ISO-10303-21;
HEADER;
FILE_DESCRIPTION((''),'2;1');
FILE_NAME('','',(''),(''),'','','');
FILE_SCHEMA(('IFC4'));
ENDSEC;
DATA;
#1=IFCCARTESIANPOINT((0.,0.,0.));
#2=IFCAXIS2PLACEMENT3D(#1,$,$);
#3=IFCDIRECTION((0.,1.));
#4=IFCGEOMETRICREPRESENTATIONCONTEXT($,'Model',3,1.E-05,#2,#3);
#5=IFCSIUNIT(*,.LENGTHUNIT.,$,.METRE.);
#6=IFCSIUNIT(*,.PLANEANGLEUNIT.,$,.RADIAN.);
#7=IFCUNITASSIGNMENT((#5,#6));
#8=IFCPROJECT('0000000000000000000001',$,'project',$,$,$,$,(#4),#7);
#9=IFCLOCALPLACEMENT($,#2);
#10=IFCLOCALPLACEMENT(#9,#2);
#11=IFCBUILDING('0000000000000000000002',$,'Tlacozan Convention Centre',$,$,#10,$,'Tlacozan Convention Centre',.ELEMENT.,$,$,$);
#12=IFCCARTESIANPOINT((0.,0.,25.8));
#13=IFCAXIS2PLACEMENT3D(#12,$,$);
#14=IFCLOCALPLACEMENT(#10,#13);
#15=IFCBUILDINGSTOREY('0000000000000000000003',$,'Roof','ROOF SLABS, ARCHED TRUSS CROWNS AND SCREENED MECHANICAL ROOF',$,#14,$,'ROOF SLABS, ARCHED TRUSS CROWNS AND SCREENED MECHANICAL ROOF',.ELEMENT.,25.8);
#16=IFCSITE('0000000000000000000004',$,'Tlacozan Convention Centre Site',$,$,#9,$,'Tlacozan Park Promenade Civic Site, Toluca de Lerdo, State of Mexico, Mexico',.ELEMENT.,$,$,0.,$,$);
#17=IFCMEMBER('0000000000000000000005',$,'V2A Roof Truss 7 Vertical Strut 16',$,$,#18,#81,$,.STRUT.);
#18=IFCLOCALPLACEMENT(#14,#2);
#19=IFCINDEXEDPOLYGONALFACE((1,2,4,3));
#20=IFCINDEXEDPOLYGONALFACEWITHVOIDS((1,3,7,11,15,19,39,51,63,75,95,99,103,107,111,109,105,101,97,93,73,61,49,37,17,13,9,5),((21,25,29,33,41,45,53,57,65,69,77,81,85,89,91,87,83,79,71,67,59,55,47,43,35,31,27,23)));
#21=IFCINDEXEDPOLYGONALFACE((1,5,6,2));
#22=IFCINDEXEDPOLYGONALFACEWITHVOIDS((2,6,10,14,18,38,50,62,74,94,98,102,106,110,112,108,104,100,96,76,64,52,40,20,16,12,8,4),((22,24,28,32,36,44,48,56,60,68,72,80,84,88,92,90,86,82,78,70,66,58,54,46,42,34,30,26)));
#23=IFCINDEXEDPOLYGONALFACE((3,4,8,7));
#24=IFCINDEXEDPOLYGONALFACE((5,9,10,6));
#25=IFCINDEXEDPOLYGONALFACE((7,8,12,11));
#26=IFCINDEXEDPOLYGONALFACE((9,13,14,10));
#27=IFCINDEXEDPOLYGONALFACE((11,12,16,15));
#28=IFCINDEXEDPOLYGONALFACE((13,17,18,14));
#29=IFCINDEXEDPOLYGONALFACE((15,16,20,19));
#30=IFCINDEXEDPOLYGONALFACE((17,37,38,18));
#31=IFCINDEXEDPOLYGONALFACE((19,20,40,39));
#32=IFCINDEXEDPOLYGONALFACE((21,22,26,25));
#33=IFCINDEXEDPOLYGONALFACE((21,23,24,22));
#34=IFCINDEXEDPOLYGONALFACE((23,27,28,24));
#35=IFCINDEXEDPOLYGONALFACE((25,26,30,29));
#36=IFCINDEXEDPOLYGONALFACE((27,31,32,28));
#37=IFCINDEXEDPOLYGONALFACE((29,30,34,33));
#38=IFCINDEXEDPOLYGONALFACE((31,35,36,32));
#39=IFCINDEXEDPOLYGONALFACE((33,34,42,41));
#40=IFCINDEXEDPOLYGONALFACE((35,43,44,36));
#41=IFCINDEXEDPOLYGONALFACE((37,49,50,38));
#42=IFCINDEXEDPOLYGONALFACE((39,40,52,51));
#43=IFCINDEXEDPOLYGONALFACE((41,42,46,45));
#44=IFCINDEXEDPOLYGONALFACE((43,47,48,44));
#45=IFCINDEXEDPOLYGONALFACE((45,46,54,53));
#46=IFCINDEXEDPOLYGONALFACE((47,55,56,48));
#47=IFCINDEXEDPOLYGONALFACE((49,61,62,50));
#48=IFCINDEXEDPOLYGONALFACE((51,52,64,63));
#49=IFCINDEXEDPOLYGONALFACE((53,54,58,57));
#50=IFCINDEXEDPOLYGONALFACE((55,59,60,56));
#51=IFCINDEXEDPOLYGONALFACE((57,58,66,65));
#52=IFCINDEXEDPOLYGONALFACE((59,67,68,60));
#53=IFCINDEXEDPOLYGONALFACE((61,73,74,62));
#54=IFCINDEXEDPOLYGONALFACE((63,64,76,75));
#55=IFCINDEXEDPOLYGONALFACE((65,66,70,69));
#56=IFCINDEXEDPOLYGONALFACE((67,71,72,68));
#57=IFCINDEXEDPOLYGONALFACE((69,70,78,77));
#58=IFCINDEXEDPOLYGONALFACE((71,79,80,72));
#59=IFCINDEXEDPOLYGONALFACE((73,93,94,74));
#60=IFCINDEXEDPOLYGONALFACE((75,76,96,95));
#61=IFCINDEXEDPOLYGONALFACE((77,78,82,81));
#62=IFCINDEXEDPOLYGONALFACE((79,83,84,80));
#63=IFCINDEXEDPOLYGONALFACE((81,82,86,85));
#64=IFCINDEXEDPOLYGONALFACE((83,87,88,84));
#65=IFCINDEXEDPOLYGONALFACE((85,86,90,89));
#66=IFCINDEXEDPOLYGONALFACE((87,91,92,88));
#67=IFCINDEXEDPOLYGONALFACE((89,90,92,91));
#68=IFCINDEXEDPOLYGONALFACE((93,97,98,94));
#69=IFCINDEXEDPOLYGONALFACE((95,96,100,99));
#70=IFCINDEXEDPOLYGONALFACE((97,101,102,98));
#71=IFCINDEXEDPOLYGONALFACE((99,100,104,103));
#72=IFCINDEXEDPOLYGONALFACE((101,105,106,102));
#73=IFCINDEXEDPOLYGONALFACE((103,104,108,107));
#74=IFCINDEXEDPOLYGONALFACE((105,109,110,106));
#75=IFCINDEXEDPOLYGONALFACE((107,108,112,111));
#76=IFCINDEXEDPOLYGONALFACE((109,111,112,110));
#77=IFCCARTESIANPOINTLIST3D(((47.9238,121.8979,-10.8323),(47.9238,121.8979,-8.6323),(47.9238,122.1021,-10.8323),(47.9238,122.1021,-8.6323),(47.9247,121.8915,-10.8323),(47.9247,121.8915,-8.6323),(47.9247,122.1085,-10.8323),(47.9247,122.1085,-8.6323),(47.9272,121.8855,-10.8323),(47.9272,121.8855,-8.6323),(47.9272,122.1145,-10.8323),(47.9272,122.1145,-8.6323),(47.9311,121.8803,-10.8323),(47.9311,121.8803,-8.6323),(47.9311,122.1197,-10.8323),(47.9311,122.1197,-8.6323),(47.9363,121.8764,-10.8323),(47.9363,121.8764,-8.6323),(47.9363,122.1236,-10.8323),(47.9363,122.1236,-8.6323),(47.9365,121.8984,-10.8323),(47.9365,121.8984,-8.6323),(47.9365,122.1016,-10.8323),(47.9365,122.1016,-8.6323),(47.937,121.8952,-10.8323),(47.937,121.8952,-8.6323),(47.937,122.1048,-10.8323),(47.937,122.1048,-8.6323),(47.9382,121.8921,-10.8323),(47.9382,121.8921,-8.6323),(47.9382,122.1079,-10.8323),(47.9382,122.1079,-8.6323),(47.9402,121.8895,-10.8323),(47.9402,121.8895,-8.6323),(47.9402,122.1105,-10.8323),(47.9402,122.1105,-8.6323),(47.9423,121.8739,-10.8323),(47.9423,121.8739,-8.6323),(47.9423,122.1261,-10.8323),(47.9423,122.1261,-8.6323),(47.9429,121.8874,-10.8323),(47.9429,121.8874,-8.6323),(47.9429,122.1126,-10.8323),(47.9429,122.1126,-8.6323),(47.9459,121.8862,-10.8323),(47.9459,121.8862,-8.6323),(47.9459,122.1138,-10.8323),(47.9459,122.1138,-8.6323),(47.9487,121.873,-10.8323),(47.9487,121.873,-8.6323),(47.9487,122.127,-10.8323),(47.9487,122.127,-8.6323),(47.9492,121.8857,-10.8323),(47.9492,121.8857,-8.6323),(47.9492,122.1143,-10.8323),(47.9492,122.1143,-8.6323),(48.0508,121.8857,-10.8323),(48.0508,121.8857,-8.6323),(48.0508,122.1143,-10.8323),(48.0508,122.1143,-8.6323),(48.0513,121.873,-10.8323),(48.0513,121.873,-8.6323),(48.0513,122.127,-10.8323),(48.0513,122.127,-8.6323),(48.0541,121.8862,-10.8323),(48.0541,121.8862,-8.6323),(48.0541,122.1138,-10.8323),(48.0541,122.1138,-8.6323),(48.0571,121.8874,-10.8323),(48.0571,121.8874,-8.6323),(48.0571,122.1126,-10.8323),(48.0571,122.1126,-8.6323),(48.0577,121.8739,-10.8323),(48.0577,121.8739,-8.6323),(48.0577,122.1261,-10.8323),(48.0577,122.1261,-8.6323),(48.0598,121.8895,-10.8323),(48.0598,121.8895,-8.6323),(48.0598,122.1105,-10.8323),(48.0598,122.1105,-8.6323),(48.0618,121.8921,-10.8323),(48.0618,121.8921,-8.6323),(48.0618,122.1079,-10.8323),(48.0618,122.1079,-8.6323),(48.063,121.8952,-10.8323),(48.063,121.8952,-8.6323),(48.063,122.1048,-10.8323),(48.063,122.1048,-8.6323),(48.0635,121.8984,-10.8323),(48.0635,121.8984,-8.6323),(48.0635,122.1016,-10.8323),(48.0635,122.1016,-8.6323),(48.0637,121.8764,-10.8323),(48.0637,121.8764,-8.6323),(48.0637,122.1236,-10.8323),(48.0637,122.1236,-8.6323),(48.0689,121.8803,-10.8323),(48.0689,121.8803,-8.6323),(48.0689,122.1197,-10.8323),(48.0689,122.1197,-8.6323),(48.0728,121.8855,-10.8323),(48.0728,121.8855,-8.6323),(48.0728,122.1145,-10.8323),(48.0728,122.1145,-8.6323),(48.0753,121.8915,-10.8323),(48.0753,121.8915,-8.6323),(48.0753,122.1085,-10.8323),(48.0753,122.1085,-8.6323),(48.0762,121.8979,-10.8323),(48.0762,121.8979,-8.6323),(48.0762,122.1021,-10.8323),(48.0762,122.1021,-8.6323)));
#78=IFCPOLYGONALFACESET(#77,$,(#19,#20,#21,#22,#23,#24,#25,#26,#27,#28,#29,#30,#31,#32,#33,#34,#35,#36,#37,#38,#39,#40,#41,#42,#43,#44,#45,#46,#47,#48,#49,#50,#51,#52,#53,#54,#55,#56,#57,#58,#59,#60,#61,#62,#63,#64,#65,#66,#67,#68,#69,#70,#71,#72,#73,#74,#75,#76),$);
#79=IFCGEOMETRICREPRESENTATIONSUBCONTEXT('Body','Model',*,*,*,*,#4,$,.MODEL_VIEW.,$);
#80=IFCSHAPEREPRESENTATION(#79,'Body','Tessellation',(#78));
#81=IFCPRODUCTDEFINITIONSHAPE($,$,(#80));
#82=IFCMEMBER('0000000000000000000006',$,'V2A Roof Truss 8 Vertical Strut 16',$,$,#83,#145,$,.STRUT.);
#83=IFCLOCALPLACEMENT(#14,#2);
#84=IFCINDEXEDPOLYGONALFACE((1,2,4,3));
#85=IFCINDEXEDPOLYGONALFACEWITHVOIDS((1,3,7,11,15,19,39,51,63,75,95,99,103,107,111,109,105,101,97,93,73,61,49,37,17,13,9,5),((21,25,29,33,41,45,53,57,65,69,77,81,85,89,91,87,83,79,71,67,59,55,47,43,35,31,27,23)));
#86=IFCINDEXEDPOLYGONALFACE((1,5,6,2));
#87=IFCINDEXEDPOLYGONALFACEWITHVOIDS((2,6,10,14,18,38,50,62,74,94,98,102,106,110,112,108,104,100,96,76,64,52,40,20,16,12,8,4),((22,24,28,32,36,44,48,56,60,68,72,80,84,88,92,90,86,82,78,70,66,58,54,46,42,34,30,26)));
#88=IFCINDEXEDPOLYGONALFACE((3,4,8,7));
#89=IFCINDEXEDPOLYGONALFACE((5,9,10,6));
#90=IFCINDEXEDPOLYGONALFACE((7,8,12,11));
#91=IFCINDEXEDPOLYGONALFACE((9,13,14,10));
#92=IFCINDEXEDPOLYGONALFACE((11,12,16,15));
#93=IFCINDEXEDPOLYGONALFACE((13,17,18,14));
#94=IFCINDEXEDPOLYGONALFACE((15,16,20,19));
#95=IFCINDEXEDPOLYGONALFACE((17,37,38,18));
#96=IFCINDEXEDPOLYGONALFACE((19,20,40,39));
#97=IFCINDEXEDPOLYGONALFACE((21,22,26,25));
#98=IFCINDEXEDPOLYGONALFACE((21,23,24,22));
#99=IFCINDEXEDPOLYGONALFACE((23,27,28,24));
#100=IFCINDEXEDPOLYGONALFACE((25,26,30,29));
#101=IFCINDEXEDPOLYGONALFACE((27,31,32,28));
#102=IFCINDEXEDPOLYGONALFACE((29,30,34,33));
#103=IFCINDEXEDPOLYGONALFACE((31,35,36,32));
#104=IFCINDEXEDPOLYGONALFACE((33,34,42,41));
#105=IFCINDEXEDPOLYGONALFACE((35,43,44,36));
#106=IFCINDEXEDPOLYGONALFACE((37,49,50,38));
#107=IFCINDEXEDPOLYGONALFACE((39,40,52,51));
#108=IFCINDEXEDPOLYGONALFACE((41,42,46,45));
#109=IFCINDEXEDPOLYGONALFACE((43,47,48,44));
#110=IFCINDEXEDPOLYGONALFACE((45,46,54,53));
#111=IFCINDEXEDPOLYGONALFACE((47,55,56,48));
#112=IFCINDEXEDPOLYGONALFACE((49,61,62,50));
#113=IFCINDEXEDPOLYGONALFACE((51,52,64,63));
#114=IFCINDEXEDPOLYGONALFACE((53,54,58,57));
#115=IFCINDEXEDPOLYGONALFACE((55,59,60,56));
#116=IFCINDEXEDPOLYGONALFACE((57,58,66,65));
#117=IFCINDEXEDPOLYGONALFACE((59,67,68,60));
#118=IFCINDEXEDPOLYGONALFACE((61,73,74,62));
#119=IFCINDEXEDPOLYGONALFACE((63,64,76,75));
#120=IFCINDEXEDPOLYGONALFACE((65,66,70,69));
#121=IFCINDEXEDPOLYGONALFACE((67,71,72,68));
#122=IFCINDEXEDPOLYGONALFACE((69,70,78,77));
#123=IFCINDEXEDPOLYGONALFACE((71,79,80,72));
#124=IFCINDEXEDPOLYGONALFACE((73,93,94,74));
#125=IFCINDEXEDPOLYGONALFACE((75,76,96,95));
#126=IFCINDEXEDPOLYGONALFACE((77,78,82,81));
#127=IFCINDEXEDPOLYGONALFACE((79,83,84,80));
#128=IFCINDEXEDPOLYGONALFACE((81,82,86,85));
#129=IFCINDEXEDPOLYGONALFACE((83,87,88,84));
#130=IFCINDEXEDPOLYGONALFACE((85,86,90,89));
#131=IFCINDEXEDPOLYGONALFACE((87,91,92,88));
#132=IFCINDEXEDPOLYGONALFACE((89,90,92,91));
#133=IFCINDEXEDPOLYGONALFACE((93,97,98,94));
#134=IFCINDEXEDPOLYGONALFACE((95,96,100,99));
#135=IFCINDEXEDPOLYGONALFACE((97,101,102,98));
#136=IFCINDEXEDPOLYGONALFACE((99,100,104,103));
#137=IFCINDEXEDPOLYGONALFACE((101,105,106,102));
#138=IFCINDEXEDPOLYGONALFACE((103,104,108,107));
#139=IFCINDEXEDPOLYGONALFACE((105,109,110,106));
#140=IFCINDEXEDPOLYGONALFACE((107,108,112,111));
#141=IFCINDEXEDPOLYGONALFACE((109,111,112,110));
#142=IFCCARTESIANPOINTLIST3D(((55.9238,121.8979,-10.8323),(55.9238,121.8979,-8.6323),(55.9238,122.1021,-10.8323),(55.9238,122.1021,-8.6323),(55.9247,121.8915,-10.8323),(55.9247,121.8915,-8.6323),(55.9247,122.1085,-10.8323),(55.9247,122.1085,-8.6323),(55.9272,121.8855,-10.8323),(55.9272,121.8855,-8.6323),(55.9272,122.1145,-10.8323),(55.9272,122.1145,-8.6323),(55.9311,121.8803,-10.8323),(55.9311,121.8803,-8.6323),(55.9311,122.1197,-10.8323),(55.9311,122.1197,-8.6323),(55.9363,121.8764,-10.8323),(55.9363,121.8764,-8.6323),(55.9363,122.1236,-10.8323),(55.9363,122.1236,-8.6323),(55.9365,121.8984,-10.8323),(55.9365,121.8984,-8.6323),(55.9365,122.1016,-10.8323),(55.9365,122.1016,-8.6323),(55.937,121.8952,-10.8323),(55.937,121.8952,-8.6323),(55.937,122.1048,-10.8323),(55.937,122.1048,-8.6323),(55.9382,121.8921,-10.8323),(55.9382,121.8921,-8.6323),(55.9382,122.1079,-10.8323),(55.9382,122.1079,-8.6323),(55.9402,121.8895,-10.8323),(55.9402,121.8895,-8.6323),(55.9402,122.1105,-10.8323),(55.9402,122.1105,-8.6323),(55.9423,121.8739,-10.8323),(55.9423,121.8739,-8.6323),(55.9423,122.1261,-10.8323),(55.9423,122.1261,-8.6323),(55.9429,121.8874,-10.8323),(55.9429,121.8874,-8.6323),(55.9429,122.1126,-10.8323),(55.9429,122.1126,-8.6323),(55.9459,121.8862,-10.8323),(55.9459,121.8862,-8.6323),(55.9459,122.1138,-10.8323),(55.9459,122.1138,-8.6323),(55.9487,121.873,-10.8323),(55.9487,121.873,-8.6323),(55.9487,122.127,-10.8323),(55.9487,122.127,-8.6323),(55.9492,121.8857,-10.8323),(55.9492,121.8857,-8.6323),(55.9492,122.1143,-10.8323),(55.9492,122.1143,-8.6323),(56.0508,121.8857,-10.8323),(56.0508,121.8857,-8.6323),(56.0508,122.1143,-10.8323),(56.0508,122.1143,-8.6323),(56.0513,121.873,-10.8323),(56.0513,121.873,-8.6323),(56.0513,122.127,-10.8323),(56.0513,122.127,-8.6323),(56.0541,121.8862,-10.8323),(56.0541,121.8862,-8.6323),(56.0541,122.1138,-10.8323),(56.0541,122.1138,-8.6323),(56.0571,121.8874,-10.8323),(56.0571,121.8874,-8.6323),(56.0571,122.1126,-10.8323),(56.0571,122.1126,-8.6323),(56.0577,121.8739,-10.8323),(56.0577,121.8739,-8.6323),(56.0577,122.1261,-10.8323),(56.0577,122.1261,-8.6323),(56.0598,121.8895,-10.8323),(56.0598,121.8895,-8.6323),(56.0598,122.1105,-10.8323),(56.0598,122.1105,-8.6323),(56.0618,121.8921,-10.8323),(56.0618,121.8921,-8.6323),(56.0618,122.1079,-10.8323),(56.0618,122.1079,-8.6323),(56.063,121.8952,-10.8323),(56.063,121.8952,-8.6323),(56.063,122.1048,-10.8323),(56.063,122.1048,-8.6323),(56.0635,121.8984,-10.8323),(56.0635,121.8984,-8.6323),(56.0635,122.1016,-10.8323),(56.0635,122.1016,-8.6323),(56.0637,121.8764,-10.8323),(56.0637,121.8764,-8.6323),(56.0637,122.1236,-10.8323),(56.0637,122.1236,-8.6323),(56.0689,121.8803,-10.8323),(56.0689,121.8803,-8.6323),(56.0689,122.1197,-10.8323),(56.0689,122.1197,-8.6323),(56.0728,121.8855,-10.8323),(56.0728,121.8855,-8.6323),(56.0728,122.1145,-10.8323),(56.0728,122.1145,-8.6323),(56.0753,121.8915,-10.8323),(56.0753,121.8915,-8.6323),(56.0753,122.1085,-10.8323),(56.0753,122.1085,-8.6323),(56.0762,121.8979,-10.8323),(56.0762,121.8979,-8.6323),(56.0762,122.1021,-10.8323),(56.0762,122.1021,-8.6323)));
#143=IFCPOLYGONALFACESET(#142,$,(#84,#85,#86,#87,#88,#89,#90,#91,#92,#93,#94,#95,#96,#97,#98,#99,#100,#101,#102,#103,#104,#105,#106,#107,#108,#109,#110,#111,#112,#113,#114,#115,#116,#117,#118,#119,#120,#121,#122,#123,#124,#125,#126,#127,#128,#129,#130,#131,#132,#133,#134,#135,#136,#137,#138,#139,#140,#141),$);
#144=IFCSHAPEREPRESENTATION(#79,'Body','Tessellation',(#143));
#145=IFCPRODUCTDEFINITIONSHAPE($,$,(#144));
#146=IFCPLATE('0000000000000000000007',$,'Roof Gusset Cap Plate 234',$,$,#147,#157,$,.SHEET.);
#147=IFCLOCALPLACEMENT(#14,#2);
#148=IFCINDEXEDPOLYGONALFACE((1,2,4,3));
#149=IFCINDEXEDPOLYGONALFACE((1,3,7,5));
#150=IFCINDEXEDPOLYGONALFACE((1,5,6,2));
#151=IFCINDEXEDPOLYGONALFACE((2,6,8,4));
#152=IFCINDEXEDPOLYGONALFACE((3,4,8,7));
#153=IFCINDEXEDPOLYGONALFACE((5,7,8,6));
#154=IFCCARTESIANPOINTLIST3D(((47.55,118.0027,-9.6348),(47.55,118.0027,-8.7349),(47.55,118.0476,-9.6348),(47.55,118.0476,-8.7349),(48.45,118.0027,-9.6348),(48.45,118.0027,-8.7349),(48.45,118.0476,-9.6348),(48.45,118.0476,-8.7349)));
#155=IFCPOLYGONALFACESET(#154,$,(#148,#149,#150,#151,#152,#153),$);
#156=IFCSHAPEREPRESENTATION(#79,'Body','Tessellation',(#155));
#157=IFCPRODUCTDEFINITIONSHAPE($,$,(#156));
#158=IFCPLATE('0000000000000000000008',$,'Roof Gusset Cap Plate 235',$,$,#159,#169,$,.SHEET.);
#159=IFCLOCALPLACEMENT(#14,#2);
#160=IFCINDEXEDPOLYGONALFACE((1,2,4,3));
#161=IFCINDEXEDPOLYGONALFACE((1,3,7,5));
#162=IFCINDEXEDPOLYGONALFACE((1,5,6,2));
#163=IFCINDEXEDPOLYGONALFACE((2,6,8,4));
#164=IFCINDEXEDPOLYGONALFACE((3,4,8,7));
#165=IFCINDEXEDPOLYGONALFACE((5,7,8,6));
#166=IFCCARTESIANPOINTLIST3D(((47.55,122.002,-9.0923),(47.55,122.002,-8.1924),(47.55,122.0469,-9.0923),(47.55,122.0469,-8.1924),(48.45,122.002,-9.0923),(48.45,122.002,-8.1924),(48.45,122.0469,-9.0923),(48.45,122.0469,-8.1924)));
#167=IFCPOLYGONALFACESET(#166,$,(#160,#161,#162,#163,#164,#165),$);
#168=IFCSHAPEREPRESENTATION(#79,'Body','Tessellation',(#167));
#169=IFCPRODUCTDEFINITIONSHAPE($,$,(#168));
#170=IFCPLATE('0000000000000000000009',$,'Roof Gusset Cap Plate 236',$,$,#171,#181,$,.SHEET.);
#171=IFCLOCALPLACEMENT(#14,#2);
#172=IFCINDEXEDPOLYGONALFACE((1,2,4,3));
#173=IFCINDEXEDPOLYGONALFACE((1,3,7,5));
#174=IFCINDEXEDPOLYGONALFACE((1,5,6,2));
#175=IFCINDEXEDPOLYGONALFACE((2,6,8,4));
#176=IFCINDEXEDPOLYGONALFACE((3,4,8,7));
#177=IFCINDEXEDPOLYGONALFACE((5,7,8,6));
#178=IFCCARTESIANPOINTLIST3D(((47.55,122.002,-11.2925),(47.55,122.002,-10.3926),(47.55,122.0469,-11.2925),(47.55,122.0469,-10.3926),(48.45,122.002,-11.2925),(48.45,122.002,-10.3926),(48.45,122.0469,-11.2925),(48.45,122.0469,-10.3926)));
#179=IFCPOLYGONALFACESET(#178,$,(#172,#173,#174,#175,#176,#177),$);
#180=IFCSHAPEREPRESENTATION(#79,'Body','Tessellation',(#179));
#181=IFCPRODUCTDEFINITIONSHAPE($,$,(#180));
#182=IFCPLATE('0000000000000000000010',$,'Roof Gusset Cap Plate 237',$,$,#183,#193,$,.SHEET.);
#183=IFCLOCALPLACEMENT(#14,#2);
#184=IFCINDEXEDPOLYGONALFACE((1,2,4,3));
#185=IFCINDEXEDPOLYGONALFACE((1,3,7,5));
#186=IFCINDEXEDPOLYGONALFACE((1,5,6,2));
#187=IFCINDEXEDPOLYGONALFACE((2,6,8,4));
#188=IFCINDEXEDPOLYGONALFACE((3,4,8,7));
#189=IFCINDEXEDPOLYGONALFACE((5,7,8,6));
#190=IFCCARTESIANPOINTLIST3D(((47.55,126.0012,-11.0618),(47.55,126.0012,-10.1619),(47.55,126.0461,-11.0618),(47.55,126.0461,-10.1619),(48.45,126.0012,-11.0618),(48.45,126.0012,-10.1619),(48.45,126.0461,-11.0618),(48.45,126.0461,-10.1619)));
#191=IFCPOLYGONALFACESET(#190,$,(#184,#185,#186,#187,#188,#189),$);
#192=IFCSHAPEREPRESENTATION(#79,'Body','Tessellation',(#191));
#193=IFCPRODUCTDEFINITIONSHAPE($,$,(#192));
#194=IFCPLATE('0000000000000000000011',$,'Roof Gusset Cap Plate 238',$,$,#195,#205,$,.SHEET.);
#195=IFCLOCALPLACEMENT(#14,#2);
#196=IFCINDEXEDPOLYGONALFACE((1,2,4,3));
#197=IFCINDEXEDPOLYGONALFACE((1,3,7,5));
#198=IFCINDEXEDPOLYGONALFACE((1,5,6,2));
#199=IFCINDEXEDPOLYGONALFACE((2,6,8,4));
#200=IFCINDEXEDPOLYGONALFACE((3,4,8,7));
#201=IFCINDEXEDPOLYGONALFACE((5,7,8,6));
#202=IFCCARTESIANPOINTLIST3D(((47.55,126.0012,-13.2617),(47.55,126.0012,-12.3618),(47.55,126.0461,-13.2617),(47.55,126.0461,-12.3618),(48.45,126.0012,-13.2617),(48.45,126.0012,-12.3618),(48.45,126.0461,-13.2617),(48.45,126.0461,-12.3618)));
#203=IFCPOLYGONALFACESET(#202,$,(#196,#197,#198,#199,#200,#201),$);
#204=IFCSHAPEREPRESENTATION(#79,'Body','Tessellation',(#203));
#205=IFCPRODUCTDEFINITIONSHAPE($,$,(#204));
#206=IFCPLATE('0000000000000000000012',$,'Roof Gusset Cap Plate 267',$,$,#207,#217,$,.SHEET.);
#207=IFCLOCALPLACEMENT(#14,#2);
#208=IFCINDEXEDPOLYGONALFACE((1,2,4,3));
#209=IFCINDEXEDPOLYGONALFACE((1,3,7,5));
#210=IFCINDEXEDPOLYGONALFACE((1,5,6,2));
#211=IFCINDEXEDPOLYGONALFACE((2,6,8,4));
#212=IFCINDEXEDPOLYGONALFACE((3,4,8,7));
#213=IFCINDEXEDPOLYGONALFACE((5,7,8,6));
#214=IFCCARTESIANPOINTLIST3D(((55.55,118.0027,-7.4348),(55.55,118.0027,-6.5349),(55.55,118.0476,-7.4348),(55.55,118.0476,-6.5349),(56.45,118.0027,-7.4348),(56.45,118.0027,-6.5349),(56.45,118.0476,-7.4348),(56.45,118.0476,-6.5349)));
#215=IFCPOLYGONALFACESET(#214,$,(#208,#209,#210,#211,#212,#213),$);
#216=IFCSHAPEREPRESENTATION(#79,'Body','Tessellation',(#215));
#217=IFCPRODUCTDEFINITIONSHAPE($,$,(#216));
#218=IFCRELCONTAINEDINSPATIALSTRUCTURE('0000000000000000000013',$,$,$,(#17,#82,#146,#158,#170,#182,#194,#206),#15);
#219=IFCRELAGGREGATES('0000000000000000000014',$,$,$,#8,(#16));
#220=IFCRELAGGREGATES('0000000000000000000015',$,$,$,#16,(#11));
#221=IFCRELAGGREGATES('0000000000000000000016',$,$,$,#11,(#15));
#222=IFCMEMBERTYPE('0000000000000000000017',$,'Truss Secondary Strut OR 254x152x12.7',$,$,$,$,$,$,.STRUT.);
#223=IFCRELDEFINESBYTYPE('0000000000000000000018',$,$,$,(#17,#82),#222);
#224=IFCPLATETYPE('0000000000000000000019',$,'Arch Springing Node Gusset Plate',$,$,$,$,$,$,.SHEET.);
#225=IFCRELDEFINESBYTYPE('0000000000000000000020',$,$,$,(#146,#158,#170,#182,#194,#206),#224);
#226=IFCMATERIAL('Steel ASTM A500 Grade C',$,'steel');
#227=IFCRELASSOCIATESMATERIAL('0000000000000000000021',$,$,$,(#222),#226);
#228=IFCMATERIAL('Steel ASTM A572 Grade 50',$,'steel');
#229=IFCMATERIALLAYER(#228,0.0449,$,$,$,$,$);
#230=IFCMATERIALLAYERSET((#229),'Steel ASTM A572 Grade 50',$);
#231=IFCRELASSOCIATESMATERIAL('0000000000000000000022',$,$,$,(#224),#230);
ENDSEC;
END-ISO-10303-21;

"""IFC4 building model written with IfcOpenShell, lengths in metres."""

from ifc_helpers import new_model, si_unit, direction, frame, origin, origin_2d, place, context, subcontext, project, spatial, rectangle, hollow_rectangle, extrude, material, layer, layer_set, material_profile, profile_set, type_object, element, save


model = new_model("IFC4")

# Units and contexts
model_context = context("Model", 3, precision=1e-05, world=origin(), true_north=direction((0.0, 1.0)))
body_context = subcontext(model_context, "Body", "Model", "MODEL_VIEW")
ifc_project = project(units=[si_unit("LENGTHUNIT", "METRE"), si_unit("PLANEANGLEUNIT", "RADIAN")], contexts=[model_context])

# Site, building, storey
site_placement = place(None, origin())
site = spatial("IfcSite", under=ifc_project, at=site_placement, Name="Tlacozan Convention Centre Site", LongName="Tlacozan Park Promenade Civic Site, Toluca de Lerdo, State of Mexico, Mexico", CompositionType="ELEMENT", RefElevation=0.0)
building_placement = place(site_placement, origin())
building = spatial("IfcBuilding", under=site, at=building_placement, Name="Tlacozan Convention Centre", LongName="Tlacozan Convention Centre", CompositionType="ELEMENT")
storey_placement = place(building_placement, frame((0.0, 0.0, 25.8)))
storey = spatial("IfcBuildingStorey", under=building, at=storey_placement, Name="Roof", Description="ROOF SLABS, ARCHED TRUSS CROWNS AND SCREENED MECHANICAL ROOF", LongName="ROOF SLABS, ARCHED TRUSS CROWNS AND SCREENED MECHANICAL ROOF", CompositionType="ELEMENT", Elevation=25.8)

# Members
ifc_material_1 = material(Name="Steel ASTM A500 Grade C", Category="steel")
ifc_material_profile_1 = material_profile(ifc_material_1, hollow_rectangle(XDim=0.1523, YDim=0.2539, WallThickness=0.0127, InnerFilletRadius=0.0127, OuterFilletRadius=0.0249, at=origin_2d()), Name="OR 254x152x12.7")
ifc_profile_set_1 = profile_set([ifc_material_profile_1], Name="Steel ASTM A500 Grade C")
member_type_1 = type_object("IfcMemberType", Name="Truss Secondary Strut OR 254x152x12.7", PredefinedType="STRUT", material=ifc_profile_set_1)
for number, where, z_axis, x_axis, name in (
    (1, (48.0, 122.0, -10.8323), (0.0, 0.0, 1.0), (1.0, 0.0, 0.0), "V2A Roof Truss 7 Vertical Strut 16"),
    (2, (56.0, 122.0, -10.8323), (0.0, 0.0, 1.0), (1.0, 0.0, 0.0), "V2A Roof Truss 8 Vertical Strut 16"),
):
    element("IfcMember", number, at=place(storey_placement, frame(where, z_axis=z_axis, x_axis=x_axis)), inside=storey, type_object=member_type_1, Name=name, PredefinedType="STRUT", context=body_context, shape_type="SweptSolid", body=[
        extrude(hollow_rectangle(XDim=0.1523, YDim=0.2539, WallThickness=0.0127, InnerFilletRadius=0.0127, OuterFilletRadius=0.0249, at=origin_2d()), origin(), (0.0, 0.0, 1.0), 2.2),
    ])

# Plates
ifc_material_2 = material(Name="Steel ASTM A572 Grade 50", Category="steel")
ifc_layer = layer(ifc_material_2, 0.0449)
ifc_layer_set = layer_set([ifc_layer], Name="Steel ASTM A572 Grade 50")
plate_type = type_object("IfcPlateType", Name="Arch Springing Node Gusset Plate", PredefinedType="SHEET", material=ifc_layer_set)
for number, where, z_axis, x_axis, name in (
    (3, (48.0, 118.0251, -9.6348), (0.0, 0.0, 1.0), (0.0, 1.0, 0.0), "Roof Gusset Cap Plate 234"),
    (4, (48.0, 122.0244, -9.0923), (0.0, 0.0, 1.0), (0.0, 1.0, 0.0), "Roof Gusset Cap Plate 235"),
    (5, (48.0, 122.0244, -11.2925), (0.0, 0.0, 1.0), (0.0, 1.0, 0.0), "Roof Gusset Cap Plate 236"),
    (6, (48.0, 126.0237, -11.0618), (0.0, 0.0, 1.0), (0.0, 1.0, 0.0), "Roof Gusset Cap Plate 237"),
    (7, (48.0, 126.0237, -13.2617), (0.0, 0.0, 1.0), (0.0, 1.0, 0.0), "Roof Gusset Cap Plate 238"),
    (8, (56.0, 118.0251, -7.4348), (0.0, 0.0, 1.0), (0.0, 1.0, 0.0), "Roof Gusset Cap Plate 267"),
):
    element("IfcPlate", number, at=place(storey_placement, frame(where, z_axis=z_axis, x_axis=x_axis)), inside=storey, type_object=plate_type, Name=name, PredefinedType="SHEET", context=body_context, shape_type="SweptSolid", body=[
        extrude(rectangle(XDim=0.0449, YDim=0.8999, at=origin_2d()), origin(), (0.0, 0.0, 1.0), 0.8999),
    ])

save(model, "model.ifc")
